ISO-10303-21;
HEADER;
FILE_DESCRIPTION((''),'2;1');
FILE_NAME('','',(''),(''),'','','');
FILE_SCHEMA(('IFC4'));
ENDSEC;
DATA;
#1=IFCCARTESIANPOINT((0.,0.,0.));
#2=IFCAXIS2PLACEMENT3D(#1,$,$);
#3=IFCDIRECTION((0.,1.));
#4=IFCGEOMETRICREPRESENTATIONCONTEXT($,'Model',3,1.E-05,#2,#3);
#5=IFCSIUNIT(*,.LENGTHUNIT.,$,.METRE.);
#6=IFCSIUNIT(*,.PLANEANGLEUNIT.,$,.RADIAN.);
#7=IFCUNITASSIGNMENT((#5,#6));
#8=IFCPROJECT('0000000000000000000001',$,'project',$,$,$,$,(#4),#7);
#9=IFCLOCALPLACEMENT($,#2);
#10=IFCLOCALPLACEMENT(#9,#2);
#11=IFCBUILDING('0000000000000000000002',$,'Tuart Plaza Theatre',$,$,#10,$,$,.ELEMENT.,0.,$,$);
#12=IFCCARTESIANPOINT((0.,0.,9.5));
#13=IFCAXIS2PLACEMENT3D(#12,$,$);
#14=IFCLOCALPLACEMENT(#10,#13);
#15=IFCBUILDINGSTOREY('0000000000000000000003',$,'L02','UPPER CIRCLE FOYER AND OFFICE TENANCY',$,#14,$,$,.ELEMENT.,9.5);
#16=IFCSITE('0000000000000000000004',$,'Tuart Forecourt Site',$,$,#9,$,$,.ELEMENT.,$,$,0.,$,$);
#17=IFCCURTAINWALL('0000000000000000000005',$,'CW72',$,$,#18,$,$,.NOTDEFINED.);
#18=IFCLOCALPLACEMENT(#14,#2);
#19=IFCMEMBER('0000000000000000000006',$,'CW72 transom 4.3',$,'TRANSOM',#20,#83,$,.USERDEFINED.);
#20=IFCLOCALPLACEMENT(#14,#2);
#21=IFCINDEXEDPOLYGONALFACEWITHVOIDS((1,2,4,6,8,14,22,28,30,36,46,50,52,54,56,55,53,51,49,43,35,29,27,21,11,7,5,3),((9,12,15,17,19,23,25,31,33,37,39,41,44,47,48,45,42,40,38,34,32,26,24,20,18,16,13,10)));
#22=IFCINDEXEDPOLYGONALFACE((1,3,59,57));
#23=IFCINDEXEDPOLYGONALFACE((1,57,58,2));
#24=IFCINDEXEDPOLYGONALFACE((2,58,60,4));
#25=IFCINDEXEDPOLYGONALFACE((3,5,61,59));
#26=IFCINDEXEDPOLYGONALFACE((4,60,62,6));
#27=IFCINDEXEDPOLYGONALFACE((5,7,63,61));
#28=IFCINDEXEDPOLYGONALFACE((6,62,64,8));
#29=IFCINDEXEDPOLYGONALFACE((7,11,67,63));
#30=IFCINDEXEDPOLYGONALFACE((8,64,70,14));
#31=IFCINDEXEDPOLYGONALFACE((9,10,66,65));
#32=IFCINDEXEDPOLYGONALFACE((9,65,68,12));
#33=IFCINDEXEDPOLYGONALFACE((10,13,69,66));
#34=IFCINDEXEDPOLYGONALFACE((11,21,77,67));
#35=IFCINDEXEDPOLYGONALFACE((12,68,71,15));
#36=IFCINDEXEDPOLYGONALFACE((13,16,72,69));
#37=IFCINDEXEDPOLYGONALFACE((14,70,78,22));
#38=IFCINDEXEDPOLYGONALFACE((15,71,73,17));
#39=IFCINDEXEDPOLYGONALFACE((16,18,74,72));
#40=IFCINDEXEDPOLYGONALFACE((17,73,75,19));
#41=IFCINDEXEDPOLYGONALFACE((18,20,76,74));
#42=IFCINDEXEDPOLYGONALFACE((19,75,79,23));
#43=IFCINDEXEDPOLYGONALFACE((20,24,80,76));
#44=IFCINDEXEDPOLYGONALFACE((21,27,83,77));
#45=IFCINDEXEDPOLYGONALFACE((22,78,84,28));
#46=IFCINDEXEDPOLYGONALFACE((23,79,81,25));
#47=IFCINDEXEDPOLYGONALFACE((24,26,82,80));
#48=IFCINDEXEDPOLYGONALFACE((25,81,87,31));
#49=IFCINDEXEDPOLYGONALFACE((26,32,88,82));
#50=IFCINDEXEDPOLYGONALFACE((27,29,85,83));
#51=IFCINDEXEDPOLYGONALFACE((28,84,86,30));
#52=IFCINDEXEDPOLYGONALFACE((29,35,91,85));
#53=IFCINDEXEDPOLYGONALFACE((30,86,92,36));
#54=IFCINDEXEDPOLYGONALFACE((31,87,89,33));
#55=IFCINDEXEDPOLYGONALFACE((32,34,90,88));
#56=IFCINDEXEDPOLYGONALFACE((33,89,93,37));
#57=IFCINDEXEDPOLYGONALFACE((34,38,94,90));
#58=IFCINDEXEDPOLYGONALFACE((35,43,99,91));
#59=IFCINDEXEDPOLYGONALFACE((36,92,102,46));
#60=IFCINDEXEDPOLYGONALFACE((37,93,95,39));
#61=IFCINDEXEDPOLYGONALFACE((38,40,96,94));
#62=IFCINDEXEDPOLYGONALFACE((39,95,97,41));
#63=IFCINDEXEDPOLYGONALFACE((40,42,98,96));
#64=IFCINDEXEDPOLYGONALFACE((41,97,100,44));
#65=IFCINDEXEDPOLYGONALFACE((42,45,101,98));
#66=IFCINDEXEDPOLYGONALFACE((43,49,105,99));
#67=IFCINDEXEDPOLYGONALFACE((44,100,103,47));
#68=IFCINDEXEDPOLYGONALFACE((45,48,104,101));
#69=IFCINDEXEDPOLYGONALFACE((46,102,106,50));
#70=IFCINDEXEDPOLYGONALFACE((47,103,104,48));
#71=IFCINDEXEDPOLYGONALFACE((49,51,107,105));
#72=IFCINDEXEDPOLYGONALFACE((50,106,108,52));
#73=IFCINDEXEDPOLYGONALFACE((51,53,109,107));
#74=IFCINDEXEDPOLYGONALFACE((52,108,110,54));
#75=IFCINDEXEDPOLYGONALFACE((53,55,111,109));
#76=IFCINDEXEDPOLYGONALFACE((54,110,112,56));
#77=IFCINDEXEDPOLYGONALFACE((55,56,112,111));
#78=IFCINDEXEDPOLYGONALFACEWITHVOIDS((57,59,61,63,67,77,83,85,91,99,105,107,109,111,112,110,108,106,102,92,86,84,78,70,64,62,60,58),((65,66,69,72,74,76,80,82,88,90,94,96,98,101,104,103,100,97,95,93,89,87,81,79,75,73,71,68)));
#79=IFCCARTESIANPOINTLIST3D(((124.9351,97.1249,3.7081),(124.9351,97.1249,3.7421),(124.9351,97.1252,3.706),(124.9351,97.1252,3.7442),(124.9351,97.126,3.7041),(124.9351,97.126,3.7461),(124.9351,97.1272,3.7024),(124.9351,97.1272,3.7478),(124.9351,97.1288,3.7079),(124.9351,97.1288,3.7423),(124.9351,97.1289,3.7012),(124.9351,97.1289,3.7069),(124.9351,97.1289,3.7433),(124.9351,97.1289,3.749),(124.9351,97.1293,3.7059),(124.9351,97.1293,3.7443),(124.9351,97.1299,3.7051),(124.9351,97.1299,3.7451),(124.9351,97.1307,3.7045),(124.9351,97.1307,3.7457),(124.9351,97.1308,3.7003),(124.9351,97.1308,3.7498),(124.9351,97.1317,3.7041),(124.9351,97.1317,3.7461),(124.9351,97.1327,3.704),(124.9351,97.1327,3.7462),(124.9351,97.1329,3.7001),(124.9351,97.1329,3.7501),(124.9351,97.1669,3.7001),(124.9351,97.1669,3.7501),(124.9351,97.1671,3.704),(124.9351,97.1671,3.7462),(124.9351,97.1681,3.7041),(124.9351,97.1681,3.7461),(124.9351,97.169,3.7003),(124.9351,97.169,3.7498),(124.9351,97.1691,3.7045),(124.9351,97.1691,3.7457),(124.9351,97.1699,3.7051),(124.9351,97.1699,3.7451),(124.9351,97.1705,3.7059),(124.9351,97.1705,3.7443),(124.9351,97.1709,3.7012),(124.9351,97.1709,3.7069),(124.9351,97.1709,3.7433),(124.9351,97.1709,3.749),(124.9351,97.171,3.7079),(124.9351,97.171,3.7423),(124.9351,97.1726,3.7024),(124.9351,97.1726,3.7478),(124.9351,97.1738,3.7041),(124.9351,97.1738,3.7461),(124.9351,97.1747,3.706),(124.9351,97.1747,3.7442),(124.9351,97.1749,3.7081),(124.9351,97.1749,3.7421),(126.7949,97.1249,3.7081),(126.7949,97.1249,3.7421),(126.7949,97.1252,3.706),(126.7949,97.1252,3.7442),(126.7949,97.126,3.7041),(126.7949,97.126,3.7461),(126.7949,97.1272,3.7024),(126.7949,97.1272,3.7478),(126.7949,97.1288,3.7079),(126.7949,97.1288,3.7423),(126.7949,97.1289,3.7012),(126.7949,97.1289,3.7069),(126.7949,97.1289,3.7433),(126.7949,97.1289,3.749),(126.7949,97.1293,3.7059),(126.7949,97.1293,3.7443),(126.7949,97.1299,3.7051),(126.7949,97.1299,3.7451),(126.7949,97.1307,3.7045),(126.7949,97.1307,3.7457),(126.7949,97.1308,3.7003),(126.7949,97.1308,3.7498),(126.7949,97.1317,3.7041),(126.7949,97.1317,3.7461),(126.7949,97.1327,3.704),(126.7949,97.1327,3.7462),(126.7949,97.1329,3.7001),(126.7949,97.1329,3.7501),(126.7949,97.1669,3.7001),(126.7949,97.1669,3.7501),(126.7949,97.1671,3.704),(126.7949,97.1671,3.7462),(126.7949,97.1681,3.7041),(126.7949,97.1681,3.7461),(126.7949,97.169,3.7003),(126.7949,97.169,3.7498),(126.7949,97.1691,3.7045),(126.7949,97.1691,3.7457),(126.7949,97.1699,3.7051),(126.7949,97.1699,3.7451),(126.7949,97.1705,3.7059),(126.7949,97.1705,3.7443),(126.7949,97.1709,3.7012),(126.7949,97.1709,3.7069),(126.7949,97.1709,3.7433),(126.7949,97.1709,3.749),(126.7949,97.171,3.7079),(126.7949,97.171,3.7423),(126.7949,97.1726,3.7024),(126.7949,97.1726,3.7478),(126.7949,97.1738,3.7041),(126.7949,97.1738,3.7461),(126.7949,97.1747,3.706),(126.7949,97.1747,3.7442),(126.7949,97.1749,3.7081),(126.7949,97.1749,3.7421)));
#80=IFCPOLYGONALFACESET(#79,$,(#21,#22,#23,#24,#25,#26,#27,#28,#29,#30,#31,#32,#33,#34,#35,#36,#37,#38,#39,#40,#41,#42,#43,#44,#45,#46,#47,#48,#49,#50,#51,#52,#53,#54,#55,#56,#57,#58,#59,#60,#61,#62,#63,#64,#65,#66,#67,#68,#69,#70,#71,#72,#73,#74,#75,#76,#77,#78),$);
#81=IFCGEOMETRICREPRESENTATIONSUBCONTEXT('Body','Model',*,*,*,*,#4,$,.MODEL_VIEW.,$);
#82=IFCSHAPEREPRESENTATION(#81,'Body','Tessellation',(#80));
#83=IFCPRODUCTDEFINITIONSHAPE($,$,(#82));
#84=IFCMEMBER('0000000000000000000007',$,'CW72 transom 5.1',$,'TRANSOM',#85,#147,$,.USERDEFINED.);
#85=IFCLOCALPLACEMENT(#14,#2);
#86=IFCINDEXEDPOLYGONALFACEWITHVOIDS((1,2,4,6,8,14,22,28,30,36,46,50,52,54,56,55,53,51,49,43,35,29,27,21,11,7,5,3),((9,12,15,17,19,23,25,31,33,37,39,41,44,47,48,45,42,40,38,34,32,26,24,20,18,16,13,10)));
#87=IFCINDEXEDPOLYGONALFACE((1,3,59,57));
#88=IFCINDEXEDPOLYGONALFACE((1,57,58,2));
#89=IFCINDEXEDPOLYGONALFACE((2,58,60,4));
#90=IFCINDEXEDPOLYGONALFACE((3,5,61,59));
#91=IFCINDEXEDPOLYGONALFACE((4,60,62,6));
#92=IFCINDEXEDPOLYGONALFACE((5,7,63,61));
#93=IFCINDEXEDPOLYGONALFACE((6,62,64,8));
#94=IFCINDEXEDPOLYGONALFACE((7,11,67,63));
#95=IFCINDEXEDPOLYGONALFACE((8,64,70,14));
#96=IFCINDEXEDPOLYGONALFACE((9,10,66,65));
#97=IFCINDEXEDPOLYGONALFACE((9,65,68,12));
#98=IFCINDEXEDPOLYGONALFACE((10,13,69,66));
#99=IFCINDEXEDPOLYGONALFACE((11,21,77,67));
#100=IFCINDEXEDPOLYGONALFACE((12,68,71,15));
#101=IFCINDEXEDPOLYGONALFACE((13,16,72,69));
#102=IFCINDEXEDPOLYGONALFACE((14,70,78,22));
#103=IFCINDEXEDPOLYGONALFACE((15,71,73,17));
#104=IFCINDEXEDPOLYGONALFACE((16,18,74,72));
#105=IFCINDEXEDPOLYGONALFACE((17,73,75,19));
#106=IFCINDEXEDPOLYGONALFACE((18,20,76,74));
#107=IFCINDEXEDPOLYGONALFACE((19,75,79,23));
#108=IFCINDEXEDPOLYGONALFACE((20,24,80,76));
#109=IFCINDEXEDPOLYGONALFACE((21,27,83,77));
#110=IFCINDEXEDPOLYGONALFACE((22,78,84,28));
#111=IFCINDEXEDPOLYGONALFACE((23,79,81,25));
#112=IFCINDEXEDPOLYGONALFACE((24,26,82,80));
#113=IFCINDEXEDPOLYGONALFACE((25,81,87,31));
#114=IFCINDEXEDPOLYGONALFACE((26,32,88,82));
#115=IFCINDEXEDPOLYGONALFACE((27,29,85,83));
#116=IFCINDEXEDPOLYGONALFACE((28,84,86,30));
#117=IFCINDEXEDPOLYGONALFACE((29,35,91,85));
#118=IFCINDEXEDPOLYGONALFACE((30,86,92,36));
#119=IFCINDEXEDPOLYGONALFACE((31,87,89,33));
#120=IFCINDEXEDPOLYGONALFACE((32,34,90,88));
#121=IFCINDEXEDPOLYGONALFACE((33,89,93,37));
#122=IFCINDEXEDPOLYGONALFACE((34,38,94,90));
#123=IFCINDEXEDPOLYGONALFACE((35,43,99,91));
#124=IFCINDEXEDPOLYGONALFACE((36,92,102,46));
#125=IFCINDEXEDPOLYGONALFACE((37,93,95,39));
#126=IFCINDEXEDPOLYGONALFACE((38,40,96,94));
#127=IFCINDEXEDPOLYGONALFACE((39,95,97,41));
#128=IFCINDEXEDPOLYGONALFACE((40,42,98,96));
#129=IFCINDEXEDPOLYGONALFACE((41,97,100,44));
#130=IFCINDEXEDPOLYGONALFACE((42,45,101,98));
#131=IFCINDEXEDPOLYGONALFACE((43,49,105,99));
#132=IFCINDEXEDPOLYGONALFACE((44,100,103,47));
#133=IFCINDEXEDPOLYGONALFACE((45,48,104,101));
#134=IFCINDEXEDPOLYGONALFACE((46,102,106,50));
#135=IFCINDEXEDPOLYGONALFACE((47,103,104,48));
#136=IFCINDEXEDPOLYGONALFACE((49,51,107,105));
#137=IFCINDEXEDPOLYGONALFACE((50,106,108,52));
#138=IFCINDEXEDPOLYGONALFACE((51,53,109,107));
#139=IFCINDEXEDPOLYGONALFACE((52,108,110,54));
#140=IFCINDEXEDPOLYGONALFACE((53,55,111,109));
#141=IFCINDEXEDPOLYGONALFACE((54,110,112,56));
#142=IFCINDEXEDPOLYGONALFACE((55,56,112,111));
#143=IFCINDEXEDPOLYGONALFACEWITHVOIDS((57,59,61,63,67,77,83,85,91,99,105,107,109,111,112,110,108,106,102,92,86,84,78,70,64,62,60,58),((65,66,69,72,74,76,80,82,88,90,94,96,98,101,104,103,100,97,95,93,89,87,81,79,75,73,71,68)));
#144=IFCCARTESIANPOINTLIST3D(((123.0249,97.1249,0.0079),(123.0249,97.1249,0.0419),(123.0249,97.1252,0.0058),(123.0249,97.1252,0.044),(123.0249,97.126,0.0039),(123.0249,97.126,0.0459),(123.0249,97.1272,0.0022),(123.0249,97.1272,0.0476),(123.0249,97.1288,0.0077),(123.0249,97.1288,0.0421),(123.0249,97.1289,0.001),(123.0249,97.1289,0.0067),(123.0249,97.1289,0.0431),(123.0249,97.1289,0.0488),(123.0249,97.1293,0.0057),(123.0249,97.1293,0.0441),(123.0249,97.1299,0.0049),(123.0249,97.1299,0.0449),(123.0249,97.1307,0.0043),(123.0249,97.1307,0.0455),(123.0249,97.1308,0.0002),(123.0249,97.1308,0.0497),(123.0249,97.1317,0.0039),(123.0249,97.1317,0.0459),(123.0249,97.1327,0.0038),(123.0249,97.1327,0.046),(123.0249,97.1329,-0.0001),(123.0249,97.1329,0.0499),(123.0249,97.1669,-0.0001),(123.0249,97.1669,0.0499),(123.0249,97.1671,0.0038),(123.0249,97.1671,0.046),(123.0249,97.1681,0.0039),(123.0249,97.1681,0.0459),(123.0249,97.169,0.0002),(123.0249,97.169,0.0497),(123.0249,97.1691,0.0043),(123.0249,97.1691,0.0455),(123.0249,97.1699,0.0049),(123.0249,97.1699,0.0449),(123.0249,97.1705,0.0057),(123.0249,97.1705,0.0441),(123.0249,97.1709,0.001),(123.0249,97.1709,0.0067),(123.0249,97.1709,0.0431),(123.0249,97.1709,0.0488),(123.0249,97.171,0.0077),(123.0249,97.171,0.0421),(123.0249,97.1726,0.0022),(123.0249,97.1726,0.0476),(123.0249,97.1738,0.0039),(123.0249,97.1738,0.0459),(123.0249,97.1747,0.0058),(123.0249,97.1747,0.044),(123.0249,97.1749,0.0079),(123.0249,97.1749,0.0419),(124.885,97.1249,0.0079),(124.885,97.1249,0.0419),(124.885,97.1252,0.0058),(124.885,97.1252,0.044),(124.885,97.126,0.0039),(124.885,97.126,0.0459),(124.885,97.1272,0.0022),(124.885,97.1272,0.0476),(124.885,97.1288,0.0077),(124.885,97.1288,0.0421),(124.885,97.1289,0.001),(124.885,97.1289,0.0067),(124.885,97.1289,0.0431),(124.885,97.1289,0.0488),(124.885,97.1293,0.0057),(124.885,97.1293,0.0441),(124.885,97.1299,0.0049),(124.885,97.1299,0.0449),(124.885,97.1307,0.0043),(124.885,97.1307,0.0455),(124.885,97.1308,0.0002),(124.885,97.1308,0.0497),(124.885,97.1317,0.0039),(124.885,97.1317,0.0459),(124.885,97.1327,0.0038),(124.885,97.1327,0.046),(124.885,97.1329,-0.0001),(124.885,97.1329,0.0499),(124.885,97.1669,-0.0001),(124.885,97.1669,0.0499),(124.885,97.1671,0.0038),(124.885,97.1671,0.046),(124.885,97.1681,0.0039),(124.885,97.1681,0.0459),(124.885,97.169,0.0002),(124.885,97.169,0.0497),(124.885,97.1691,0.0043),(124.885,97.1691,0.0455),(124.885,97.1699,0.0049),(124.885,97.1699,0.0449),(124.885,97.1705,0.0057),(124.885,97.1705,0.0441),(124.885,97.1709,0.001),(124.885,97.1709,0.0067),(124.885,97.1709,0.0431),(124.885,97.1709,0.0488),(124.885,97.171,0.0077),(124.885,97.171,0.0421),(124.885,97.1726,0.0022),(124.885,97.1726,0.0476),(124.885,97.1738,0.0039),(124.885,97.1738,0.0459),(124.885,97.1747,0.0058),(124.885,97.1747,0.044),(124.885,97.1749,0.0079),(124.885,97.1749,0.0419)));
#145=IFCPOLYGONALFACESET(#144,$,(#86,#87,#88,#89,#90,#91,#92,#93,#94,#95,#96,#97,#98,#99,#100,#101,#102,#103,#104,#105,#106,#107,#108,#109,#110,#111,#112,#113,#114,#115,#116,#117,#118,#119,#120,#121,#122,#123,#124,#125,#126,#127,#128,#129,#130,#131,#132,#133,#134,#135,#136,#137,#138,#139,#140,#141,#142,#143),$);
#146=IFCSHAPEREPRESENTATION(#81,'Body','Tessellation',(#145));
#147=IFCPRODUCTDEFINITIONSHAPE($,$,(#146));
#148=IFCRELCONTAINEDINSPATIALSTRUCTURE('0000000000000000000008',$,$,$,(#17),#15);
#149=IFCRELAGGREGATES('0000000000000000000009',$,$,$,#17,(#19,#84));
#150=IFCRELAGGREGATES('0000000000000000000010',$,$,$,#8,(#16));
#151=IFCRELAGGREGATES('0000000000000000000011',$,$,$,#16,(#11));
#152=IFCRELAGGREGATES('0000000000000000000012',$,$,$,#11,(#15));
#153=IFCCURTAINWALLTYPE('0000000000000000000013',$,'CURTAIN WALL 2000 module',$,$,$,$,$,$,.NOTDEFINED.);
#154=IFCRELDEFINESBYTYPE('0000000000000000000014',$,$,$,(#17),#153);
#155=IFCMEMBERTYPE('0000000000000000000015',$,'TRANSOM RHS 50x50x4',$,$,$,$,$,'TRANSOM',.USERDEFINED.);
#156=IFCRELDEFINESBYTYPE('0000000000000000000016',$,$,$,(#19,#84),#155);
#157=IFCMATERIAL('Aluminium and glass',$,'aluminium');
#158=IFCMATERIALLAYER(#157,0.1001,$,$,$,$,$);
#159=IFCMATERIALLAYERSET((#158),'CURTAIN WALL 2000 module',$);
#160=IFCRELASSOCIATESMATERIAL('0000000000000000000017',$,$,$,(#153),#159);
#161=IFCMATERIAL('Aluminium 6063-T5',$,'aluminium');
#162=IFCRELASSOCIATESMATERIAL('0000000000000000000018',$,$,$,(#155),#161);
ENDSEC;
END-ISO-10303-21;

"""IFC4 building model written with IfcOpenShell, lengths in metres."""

from ifc_helpers import new_model, si_unit, direction, frame, origin, origin_2d, place, context, subcontext, project, spatial, hollow_rectangle, extrude, material, layer, layer_set, material_profile, profile_set, type_object, element, aggregate, save


model = new_model("IFC4")

# Units and contexts
model_context = context("Model", 3, precision=1e-05, world=origin(), true_north=direction((0.0, 1.0)))
body_context = subcontext(model_context, "Body", "Model", "MODEL_VIEW")
ifc_project = project(units=[si_unit("LENGTHUNIT", "METRE"), si_unit("PLANEANGLEUNIT", "RADIAN")], contexts=[model_context])

# Site, building, storey
site_placement = place(None, origin())
site = spatial("IfcSite", under=ifc_project, at=site_placement, Name="Tuart Forecourt Site", CompositionType="ELEMENT", RefElevation=0.0)
building_placement = place(site_placement, origin())
building = spatial("IfcBuilding", under=site, at=building_placement, Name="Tuart Plaza Theatre", CompositionType="ELEMENT", ElevationOfRefHeight=0.0)
storey_placement = place(building_placement, frame((0.0, 0.0, 9.5)))
storey = spatial("IfcBuildingStorey", under=building, at=storey_placement, Name="L02", Description="UPPER CIRCLE FOYER AND OFFICE TENANCY", CompositionType="ELEMENT", Elevation=9.5)

# Curtain wall, members
ifc_material_1 = material(Name="Aluminium and glass", Category="aluminium")
ifc_layer_1 = layer(ifc_material_1, 0.1001)
ifc_layer_set_1 = layer_set([ifc_layer_1], Name="CURTAIN WALL 2000 module")
curtain_wall_type = type_object("IfcCurtainWallType", Name="CURTAIN WALL 2000 module", PredefinedType="NOTDEFINED", material=ifc_layer_set_1)
curtain_wall_placement = place(storey_placement, origin())
curtain_wall = element("IfcCurtainWall", 1, at=curtain_wall_placement, inside=storey, type_object=curtain_wall_type, Name="CW72", PredefinedType="NOTDEFINED")
ifc_material_2 = material(Name="Aluminium 6063-T5", Category="aluminium")
ifc_material_profile_1 = material_profile(ifc_material_2, hollow_rectangle(XDim=0.05, YDim=0.05, WallThickness=0.0039, InnerFilletRadius=0.0039, OuterFilletRadius=0.0081, at=origin_2d()), Name="RHS 50x50x4")
ifc_profile_set_1 = profile_set([ifc_material_profile_1], Name="Aluminium 6063-T5")
member_type_1 = type_object("IfcMemberType", Name="TRANSOM RHS 50x50x4", ElementType="TRANSOM", PredefinedType="USERDEFINED", material=ifc_profile_set_1)
member_1_placement = place(storey_placement, frame((126.7949, 97.1499, 3.7251), z_axis=(-1.0, 0.0, 0.0), x_axis=(0.0, -1.0, 0.0)))
member_1 = element("IfcMember", 2, at=member_1_placement, type_object=member_type_1, Name="CW72 transom 4.3", ObjectType="TRANSOM", PredefinedType="USERDEFINED", context=body_context, shape_type="SweptSolid", body=[
    extrude(hollow_rectangle(XDim=0.05, YDim=0.05, WallThickness=0.0039, InnerFilletRadius=0.0039, OuterFilletRadius=0.0081, at=origin_2d()), origin(), (0.0, 0.0, 1.0), 1.8599),
])
member_2_placement = place(storey_placement, frame((124.885, 97.1499, 0.0249), z_axis=(-1.0, 0.0, 0.0), x_axis=(0.0, -1.0, 0.0)))
member_2 = element("IfcMember", 3, at=member_2_placement, type_object=member_type_1, Name="CW72 transom 5.1", ObjectType="TRANSOM", PredefinedType="USERDEFINED", context=body_context, shape_type="SweptSolid", body=[
    extrude(hollow_rectangle(XDim=0.05, YDim=0.05, WallThickness=0.0039, InnerFilletRadius=0.0039, OuterFilletRadius=0.0081, at=origin_2d()), origin(), (0.0, 0.0, 1.0), 1.8601),
])
aggregate(curtain_wall, [member_1, member_2])

save(model, "model.ifc")
